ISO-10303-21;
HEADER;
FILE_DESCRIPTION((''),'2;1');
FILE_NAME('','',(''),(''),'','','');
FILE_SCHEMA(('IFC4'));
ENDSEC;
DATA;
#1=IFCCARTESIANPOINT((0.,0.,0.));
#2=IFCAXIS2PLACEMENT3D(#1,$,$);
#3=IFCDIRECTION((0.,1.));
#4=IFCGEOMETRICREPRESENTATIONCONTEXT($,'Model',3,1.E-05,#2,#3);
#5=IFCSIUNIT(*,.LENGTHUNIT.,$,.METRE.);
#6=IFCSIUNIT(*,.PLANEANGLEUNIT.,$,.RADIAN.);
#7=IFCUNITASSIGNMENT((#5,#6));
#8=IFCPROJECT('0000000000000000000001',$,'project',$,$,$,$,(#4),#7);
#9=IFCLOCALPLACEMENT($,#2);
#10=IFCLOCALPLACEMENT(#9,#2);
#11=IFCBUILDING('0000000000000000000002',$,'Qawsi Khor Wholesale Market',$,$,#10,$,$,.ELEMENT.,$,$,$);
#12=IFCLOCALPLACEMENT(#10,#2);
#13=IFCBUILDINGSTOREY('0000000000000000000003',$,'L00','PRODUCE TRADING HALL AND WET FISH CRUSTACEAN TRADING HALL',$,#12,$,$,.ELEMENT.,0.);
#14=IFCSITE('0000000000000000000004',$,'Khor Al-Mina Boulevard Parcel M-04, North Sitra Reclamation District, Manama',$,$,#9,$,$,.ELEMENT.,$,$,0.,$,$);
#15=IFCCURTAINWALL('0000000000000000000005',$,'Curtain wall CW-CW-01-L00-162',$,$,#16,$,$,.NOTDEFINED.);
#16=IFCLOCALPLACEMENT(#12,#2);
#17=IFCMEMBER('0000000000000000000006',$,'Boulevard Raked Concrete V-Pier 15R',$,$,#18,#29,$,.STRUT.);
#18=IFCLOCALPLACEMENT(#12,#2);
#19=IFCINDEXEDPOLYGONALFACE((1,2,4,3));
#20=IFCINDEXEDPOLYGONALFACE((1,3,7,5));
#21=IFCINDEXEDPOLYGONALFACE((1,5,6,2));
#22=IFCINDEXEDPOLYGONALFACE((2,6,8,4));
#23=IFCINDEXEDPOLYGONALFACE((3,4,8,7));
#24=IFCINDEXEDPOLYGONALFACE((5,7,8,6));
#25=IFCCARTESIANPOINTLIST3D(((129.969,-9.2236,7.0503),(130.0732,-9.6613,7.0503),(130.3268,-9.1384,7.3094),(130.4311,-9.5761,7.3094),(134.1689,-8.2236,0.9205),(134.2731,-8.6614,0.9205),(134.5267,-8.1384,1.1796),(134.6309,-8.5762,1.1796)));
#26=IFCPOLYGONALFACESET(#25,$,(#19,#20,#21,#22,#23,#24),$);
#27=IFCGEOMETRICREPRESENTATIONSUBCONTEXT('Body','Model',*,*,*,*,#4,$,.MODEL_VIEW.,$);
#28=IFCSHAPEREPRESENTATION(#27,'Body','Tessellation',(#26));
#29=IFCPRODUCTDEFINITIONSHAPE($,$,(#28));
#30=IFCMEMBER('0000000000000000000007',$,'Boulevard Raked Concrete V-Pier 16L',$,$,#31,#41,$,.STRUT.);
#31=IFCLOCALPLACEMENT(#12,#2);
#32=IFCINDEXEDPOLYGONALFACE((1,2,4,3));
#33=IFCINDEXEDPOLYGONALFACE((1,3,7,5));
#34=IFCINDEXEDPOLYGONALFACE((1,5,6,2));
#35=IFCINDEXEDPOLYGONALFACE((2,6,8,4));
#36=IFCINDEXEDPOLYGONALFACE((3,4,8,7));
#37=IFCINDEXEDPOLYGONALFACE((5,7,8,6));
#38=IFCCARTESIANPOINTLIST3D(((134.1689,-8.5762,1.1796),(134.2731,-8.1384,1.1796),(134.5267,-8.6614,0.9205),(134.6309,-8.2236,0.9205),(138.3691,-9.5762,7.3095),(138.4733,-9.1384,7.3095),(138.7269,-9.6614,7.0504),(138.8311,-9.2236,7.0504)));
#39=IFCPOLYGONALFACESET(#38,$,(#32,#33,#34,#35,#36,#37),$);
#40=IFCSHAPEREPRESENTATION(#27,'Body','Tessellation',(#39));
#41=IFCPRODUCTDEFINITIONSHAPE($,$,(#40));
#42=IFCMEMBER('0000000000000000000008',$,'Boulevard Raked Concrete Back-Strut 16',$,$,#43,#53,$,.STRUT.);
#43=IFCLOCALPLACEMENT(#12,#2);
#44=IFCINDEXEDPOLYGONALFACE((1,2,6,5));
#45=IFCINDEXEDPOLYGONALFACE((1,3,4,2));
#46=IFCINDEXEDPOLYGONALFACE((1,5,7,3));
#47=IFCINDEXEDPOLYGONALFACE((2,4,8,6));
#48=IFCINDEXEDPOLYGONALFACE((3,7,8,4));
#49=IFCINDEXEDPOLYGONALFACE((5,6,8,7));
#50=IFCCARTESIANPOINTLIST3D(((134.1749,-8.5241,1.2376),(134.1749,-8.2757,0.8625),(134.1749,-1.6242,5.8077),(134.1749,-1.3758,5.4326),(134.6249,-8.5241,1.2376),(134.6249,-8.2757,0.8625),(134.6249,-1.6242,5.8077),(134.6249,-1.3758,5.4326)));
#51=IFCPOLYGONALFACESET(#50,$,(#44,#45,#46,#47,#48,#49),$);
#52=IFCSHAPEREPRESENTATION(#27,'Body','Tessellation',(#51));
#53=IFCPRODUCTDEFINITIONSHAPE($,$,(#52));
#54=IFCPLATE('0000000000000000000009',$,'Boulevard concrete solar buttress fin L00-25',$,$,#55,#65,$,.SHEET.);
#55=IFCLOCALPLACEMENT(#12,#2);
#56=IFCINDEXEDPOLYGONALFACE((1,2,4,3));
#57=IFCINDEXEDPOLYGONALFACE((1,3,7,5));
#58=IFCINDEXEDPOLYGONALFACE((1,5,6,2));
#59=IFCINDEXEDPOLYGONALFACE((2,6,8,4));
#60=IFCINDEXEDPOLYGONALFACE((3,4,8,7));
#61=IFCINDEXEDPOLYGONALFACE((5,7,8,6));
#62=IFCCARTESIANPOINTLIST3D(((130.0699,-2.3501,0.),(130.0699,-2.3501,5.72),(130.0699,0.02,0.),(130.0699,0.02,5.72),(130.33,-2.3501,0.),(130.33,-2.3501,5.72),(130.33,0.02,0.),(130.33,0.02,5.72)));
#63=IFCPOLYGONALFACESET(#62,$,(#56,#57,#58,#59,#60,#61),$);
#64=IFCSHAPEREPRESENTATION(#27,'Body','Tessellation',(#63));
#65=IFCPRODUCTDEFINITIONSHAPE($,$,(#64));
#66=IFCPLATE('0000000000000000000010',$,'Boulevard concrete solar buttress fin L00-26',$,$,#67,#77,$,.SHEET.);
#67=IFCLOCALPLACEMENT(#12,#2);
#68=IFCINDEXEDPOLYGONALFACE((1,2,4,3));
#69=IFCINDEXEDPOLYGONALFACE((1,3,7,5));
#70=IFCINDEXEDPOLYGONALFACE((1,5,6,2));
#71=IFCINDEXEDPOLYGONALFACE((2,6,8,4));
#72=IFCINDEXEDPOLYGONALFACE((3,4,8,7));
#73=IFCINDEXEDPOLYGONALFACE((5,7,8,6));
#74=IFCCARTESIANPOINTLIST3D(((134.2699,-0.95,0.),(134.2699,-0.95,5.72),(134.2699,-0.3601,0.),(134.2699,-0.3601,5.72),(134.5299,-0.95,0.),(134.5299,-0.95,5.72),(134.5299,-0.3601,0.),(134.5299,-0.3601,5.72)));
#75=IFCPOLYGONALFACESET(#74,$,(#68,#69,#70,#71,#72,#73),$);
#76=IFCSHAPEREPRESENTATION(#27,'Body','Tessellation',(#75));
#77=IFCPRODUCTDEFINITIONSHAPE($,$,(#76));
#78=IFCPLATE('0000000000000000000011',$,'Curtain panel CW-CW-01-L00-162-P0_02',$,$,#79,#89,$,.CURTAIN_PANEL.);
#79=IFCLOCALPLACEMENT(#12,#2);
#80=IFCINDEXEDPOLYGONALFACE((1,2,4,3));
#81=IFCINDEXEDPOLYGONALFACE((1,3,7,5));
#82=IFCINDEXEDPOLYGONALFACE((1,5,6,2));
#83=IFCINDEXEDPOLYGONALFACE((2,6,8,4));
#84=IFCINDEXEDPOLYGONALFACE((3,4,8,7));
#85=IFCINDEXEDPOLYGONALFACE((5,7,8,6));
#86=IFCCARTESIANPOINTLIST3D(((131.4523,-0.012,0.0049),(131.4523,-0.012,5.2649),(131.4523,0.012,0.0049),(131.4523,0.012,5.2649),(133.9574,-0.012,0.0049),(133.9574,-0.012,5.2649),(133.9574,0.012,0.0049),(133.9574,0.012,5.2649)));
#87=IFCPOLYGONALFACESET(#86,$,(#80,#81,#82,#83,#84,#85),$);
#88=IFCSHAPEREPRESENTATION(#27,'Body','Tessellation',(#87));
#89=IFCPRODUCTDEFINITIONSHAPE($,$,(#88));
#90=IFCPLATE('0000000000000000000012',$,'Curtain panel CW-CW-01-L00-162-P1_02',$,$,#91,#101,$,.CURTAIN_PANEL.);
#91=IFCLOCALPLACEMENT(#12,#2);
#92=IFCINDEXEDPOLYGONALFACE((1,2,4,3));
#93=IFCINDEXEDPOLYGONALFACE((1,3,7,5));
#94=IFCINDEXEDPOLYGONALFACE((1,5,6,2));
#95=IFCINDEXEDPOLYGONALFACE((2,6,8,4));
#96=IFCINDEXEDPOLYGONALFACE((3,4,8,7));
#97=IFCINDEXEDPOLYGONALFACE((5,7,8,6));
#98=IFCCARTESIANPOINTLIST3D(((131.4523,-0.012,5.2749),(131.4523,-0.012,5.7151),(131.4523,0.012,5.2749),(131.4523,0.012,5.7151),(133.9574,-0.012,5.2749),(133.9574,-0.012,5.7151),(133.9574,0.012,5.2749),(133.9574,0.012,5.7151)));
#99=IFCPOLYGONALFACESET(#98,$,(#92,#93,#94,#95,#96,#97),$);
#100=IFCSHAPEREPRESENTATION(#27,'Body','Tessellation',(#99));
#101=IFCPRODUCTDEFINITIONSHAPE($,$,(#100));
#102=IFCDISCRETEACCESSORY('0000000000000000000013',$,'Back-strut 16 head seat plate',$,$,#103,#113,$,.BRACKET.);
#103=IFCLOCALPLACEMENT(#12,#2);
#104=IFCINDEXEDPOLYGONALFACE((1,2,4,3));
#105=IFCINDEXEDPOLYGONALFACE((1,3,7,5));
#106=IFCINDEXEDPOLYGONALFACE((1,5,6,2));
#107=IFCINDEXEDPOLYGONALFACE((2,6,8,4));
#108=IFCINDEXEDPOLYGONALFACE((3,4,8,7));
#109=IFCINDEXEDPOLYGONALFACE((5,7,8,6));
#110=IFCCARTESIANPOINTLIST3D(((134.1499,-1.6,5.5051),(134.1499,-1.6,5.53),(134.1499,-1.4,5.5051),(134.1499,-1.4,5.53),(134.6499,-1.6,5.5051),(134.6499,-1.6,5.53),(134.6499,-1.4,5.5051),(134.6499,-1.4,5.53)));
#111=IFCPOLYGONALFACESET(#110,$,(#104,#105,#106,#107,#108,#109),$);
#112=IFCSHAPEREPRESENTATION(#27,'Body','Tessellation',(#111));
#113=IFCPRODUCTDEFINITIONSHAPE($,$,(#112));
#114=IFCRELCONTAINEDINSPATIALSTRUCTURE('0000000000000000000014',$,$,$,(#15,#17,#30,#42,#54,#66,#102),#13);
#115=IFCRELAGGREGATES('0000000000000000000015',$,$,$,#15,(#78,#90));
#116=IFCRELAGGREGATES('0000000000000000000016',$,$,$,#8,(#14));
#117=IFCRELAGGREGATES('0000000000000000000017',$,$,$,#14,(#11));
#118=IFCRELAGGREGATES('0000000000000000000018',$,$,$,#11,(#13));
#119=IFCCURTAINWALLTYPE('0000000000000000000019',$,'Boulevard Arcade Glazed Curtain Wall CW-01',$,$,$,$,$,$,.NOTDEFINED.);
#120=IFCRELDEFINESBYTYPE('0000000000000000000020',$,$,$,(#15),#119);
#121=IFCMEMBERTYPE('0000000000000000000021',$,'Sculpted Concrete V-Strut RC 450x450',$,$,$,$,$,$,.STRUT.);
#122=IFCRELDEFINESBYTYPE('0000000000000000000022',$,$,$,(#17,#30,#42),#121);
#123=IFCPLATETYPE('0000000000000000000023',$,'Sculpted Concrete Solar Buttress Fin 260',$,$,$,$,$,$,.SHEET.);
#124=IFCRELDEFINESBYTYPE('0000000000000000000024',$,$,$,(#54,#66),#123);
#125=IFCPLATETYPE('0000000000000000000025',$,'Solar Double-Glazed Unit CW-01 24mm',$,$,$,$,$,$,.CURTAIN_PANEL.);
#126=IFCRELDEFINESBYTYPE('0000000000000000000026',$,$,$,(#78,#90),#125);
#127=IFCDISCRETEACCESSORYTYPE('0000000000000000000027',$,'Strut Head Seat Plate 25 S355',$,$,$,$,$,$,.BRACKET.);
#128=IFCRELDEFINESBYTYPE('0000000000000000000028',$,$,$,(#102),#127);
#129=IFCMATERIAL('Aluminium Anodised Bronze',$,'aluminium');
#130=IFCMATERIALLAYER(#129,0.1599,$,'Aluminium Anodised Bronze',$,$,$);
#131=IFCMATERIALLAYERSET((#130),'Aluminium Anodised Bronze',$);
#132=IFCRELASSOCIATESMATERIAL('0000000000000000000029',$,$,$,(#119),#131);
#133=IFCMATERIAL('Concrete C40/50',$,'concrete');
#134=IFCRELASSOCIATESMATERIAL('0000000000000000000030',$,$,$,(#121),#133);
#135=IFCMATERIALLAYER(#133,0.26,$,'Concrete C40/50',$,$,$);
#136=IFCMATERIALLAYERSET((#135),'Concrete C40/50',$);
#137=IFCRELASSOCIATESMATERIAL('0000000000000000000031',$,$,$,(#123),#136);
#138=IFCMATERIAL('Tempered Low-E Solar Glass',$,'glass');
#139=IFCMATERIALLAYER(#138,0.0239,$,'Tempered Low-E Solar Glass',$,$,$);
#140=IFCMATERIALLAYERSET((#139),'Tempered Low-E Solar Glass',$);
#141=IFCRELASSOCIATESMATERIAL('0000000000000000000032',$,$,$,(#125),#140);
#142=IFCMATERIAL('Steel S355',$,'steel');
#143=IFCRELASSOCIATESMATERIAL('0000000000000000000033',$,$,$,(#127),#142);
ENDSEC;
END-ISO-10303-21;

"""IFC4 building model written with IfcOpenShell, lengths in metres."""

from ifc_helpers import new_model, si_unit, direction, frame, frame_2d, origin, origin_2d, place, context, subcontext, project, spatial, rectangle, extrude, material, layer, layer_set, material_profile, profile_set, type_object, element, aggregate, save


model = new_model("IFC4")

# Units and contexts
model_context = context("Model", 3, precision=1e-05, world=origin(), true_north=direction((0.0, 1.0)))
body_context = subcontext(model_context, "Body", "Model", "MODEL_VIEW")
ifc_project = project(units=[si_unit("LENGTHUNIT", "METRE"), si_unit("PLANEANGLEUNIT", "RADIAN")], contexts=[model_context])

# Site, building, storey
site_placement = place(None, origin())
site = spatial("IfcSite", under=ifc_project, at=site_placement, Name="Khor Al-Mina Boulevard Parcel M-04, North Sitra Reclamation District, Manama", CompositionType="ELEMENT", RefElevation=0.0)
building_placement = place(site_placement, origin())
building = spatial("IfcBuilding", under=site, at=building_placement, Name="Qawsi Khor Wholesale Market", CompositionType="ELEMENT")
storey_placement = place(building_placement, origin())
storey = spatial("IfcBuildingStorey", under=building, at=storey_placement, Name="L00", Description="PRODUCE TRADING HALL AND WET FISH CRUSTACEAN TRADING HALL", CompositionType="ELEMENT", Elevation=0.0)

# Shared definitions
ifc_material_1 = material(Name="Concrete C40/50", Category="concrete")

# Curtain wall
ifc_material_2 = material(Name="Aluminium Anodised Bronze", Category="aluminium")
ifc_layer_1 = layer(ifc_material_2, 0.1599, Name="Aluminium Anodised Bronze")
ifc_layer_set_1 = layer_set([ifc_layer_1], Name="Aluminium Anodised Bronze")
curtain_wall_type = type_object("IfcCurtainWallType", Name="Boulevard Arcade Glazed Curtain Wall CW-01", PredefinedType="NOTDEFINED", material=ifc_layer_set_1)
curtain_wall_placement = place(storey_placement, origin())
curtain_wall = element("IfcCurtainWall", 1, at=curtain_wall_placement, inside=storey, type_object=curtain_wall_type, Name="Curtain wall CW-CW-01-L00-162", PredefinedType="NOTDEFINED")

# Members
ifc_material_profile_1 = material_profile(ifc_material_1, rectangle(XDim=0.45, YDim=0.45, at=origin_2d()), Name="RC 450x450")
ifc_profile_set_1 = profile_set([ifc_material_profile_1], Name="Concrete C40/50")
member_type_1 = type_object("IfcMemberType", Name="Sculpted Concrete V-Strut RC 450x450", PredefinedType="STRUT", material=ifc_profile_set_1)
member_1_placement = place(storey_placement, frame((134.3999, -8.3999, 1.05), z_axis=(-0.560168, -0.133375, 0.817572), x_axis=(0.231623, -0.972806, 0.0)))
element("IfcMember", 2, at=member_1_placement, inside=storey, type_object=member_type_1, Name="Boulevard Raked Concrete V-Pier 15R", PredefinedType="STRUT", context=body_context, shape_type="SweptSolid", body=[
    extrude(rectangle(XDim=0.45, YDim=0.45, at=origin_2d()), origin(), (0.0, 0.0, 1.0), 7.4976),
])
member_2_placement = place(storey_placement, frame((134.3999, -8.3999, 1.05), z_axis=(0.56019, -0.133372, 0.817557), x_axis=(0.23161, 0.972809, 0.0)))
element("IfcMember", 3, at=member_2_placement, inside=storey, type_object=member_type_1, Name="Boulevard Raked Concrete V-Pier 16L", PredefinedType="STRUT", context=body_context, shape_type="SweptSolid", body=[
    extrude(rectangle(XDim=0.45, YDim=0.45, at=origin_2d()), origin(), (0.0, 0.0, 1.0), 7.4978),
])
member_3_placement = place(storey_placement, frame((134.3999, -8.3999, 1.05), z_axis=(0.0, 0.833712, 0.552199), x_axis=(-1.0, 0.0, 0.0)))
element("IfcMember", 4, at=member_3_placement, inside=storey, type_object=member_type_1, Name="Boulevard Raked Concrete Back-Strut 16", PredefinedType="STRUT", context=body_context, shape_type="SweptSolid", body=[
    extrude(rectangle(XDim=0.45, YDim=0.45, at=origin_2d()), origin(), (0.0, 0.0, 1.0), 8.2761),
])

# Plates
ifc_layer_2 = layer(ifc_material_1, 0.26, Name="Concrete C40/50")
ifc_layer_set_2 = layer_set([ifc_layer_2], Name="Concrete C40/50")
plate_type_1 = type_object("IfcPlateType", Name="Sculpted Concrete Solar Buttress Fin 260", PredefinedType="SHEET", material=ifc_layer_set_2)
plate_1_placement = place(storey_placement, frame((130.2, -2.3501, 0.0), z_axis=(0.0, 0.0, 1.0), x_axis=(0.0, 1.0, 0.0)))
element("IfcPlate", 5, at=plate_1_placement, inside=storey, type_object=plate_type_1, Name="Boulevard concrete solar buttress fin L00-25", PredefinedType="SHEET", context=body_context, shape_type="SweptSolid", body=[
    extrude(rectangle(XDim=2.3701, YDim=0.26, at=frame_2d((1.1851, 0.0))), origin(), (0.0, 0.0, 1.0), 5.72),
])
plate_2_placement = place(storey_placement, frame((134.3999, -0.95, 0.0), z_axis=(0.0, 0.0, 1.0), x_axis=(0.0, 1.0, 0.0)))
element("IfcPlate", 6, at=plate_2_placement, inside=storey, type_object=plate_type_1, Name="Boulevard concrete solar buttress fin L00-26", PredefinedType="SHEET", context=body_context, shape_type="SweptSolid", body=[
    extrude(rectangle(XDim=0.5898, YDim=0.26, at=frame_2d((0.2949, 0.0))), origin(), (0.0, 0.0, 1.0), 5.72),
])

# Plates
ifc_material_3 = material(Name="Tempered Low-E Solar Glass", Category="glass")
ifc_layer_3 = layer(ifc_material_3, 0.0239, Name="Tempered Low-E Solar Glass")
ifc_layer_set_3 = layer_set([ifc_layer_3], Name="Tempered Low-E Solar Glass")
plate_type_2 = type_object("IfcPlateType", Name="Solar Double-Glazed Unit CW-01 24mm", PredefinedType="CURTAIN_PANEL", material=ifc_layer_set_3)
plate_3_placement = place(storey_placement, frame((131.4524, 0.0, 0.0049), z_axis=(0.0, 0.0, 1.0), x_axis=(1.0, 0.0, 0.0)))
plate_3 = element("IfcPlate", 7, at=plate_3_placement, type_object=plate_type_2, Name="Curtain panel CW-CW-01-L00-162-P0_02", PredefinedType="CURTAIN_PANEL", context=body_context, shape_type="SweptSolid", body=[
    extrude(rectangle(XDim=2.5051, YDim=0.0239, at=frame_2d((1.2524, 0.0))), origin(), (0.0, 0.0, 1.0), 5.26),
])
plate_4_placement = place(storey_placement, frame((131.4524, 0.0, 5.2749), z_axis=(0.0, 0.0, 1.0), x_axis=(1.0, 0.0, 0.0)))
plate_4 = element("IfcPlate", 8, at=plate_4_placement, type_object=plate_type_2, Name="Curtain panel CW-CW-01-L00-162-P1_02", PredefinedType="CURTAIN_PANEL", context=body_context, shape_type="SweptSolid", body=[
    extrude(rectangle(XDim=2.5051, YDim=0.0239, at=frame_2d((1.2524, 0.0))), origin(), (0.0, 0.0, 1.0), 0.4402),
])
aggregate(curtain_wall, [plate_3, plate_4])

# Discrete accessory
ifc_material_4 = material(Name="Steel S355", Category="steel")
discrete_accessory_type = type_object("IfcDiscreteAccessoryType", Name="Strut Head Seat Plate 25 S355", PredefinedType="BRACKET", material=ifc_material_4)
discrete_accessory_placement = place(storey_placement, frame((134.3999, -1.5, 5.5051), z_axis=(0.0, 0.0, 1.0), x_axis=(1.0, 0.0, 0.0)))
element("IfcDiscreteAccessory", 9, at=discrete_accessory_placement, inside=storey, type_object=discrete_accessory_type, Name="Back-strut 16 head seat plate", PredefinedType="BRACKET", context=body_context, shape_type="SweptSolid", body=[
    extrude(rectangle(XDim=0.5, YDim=0.2, at=origin_2d()), origin(), (0.0, 0.0, 1.0), 0.0249),
])

save(model, "model.ifc")
